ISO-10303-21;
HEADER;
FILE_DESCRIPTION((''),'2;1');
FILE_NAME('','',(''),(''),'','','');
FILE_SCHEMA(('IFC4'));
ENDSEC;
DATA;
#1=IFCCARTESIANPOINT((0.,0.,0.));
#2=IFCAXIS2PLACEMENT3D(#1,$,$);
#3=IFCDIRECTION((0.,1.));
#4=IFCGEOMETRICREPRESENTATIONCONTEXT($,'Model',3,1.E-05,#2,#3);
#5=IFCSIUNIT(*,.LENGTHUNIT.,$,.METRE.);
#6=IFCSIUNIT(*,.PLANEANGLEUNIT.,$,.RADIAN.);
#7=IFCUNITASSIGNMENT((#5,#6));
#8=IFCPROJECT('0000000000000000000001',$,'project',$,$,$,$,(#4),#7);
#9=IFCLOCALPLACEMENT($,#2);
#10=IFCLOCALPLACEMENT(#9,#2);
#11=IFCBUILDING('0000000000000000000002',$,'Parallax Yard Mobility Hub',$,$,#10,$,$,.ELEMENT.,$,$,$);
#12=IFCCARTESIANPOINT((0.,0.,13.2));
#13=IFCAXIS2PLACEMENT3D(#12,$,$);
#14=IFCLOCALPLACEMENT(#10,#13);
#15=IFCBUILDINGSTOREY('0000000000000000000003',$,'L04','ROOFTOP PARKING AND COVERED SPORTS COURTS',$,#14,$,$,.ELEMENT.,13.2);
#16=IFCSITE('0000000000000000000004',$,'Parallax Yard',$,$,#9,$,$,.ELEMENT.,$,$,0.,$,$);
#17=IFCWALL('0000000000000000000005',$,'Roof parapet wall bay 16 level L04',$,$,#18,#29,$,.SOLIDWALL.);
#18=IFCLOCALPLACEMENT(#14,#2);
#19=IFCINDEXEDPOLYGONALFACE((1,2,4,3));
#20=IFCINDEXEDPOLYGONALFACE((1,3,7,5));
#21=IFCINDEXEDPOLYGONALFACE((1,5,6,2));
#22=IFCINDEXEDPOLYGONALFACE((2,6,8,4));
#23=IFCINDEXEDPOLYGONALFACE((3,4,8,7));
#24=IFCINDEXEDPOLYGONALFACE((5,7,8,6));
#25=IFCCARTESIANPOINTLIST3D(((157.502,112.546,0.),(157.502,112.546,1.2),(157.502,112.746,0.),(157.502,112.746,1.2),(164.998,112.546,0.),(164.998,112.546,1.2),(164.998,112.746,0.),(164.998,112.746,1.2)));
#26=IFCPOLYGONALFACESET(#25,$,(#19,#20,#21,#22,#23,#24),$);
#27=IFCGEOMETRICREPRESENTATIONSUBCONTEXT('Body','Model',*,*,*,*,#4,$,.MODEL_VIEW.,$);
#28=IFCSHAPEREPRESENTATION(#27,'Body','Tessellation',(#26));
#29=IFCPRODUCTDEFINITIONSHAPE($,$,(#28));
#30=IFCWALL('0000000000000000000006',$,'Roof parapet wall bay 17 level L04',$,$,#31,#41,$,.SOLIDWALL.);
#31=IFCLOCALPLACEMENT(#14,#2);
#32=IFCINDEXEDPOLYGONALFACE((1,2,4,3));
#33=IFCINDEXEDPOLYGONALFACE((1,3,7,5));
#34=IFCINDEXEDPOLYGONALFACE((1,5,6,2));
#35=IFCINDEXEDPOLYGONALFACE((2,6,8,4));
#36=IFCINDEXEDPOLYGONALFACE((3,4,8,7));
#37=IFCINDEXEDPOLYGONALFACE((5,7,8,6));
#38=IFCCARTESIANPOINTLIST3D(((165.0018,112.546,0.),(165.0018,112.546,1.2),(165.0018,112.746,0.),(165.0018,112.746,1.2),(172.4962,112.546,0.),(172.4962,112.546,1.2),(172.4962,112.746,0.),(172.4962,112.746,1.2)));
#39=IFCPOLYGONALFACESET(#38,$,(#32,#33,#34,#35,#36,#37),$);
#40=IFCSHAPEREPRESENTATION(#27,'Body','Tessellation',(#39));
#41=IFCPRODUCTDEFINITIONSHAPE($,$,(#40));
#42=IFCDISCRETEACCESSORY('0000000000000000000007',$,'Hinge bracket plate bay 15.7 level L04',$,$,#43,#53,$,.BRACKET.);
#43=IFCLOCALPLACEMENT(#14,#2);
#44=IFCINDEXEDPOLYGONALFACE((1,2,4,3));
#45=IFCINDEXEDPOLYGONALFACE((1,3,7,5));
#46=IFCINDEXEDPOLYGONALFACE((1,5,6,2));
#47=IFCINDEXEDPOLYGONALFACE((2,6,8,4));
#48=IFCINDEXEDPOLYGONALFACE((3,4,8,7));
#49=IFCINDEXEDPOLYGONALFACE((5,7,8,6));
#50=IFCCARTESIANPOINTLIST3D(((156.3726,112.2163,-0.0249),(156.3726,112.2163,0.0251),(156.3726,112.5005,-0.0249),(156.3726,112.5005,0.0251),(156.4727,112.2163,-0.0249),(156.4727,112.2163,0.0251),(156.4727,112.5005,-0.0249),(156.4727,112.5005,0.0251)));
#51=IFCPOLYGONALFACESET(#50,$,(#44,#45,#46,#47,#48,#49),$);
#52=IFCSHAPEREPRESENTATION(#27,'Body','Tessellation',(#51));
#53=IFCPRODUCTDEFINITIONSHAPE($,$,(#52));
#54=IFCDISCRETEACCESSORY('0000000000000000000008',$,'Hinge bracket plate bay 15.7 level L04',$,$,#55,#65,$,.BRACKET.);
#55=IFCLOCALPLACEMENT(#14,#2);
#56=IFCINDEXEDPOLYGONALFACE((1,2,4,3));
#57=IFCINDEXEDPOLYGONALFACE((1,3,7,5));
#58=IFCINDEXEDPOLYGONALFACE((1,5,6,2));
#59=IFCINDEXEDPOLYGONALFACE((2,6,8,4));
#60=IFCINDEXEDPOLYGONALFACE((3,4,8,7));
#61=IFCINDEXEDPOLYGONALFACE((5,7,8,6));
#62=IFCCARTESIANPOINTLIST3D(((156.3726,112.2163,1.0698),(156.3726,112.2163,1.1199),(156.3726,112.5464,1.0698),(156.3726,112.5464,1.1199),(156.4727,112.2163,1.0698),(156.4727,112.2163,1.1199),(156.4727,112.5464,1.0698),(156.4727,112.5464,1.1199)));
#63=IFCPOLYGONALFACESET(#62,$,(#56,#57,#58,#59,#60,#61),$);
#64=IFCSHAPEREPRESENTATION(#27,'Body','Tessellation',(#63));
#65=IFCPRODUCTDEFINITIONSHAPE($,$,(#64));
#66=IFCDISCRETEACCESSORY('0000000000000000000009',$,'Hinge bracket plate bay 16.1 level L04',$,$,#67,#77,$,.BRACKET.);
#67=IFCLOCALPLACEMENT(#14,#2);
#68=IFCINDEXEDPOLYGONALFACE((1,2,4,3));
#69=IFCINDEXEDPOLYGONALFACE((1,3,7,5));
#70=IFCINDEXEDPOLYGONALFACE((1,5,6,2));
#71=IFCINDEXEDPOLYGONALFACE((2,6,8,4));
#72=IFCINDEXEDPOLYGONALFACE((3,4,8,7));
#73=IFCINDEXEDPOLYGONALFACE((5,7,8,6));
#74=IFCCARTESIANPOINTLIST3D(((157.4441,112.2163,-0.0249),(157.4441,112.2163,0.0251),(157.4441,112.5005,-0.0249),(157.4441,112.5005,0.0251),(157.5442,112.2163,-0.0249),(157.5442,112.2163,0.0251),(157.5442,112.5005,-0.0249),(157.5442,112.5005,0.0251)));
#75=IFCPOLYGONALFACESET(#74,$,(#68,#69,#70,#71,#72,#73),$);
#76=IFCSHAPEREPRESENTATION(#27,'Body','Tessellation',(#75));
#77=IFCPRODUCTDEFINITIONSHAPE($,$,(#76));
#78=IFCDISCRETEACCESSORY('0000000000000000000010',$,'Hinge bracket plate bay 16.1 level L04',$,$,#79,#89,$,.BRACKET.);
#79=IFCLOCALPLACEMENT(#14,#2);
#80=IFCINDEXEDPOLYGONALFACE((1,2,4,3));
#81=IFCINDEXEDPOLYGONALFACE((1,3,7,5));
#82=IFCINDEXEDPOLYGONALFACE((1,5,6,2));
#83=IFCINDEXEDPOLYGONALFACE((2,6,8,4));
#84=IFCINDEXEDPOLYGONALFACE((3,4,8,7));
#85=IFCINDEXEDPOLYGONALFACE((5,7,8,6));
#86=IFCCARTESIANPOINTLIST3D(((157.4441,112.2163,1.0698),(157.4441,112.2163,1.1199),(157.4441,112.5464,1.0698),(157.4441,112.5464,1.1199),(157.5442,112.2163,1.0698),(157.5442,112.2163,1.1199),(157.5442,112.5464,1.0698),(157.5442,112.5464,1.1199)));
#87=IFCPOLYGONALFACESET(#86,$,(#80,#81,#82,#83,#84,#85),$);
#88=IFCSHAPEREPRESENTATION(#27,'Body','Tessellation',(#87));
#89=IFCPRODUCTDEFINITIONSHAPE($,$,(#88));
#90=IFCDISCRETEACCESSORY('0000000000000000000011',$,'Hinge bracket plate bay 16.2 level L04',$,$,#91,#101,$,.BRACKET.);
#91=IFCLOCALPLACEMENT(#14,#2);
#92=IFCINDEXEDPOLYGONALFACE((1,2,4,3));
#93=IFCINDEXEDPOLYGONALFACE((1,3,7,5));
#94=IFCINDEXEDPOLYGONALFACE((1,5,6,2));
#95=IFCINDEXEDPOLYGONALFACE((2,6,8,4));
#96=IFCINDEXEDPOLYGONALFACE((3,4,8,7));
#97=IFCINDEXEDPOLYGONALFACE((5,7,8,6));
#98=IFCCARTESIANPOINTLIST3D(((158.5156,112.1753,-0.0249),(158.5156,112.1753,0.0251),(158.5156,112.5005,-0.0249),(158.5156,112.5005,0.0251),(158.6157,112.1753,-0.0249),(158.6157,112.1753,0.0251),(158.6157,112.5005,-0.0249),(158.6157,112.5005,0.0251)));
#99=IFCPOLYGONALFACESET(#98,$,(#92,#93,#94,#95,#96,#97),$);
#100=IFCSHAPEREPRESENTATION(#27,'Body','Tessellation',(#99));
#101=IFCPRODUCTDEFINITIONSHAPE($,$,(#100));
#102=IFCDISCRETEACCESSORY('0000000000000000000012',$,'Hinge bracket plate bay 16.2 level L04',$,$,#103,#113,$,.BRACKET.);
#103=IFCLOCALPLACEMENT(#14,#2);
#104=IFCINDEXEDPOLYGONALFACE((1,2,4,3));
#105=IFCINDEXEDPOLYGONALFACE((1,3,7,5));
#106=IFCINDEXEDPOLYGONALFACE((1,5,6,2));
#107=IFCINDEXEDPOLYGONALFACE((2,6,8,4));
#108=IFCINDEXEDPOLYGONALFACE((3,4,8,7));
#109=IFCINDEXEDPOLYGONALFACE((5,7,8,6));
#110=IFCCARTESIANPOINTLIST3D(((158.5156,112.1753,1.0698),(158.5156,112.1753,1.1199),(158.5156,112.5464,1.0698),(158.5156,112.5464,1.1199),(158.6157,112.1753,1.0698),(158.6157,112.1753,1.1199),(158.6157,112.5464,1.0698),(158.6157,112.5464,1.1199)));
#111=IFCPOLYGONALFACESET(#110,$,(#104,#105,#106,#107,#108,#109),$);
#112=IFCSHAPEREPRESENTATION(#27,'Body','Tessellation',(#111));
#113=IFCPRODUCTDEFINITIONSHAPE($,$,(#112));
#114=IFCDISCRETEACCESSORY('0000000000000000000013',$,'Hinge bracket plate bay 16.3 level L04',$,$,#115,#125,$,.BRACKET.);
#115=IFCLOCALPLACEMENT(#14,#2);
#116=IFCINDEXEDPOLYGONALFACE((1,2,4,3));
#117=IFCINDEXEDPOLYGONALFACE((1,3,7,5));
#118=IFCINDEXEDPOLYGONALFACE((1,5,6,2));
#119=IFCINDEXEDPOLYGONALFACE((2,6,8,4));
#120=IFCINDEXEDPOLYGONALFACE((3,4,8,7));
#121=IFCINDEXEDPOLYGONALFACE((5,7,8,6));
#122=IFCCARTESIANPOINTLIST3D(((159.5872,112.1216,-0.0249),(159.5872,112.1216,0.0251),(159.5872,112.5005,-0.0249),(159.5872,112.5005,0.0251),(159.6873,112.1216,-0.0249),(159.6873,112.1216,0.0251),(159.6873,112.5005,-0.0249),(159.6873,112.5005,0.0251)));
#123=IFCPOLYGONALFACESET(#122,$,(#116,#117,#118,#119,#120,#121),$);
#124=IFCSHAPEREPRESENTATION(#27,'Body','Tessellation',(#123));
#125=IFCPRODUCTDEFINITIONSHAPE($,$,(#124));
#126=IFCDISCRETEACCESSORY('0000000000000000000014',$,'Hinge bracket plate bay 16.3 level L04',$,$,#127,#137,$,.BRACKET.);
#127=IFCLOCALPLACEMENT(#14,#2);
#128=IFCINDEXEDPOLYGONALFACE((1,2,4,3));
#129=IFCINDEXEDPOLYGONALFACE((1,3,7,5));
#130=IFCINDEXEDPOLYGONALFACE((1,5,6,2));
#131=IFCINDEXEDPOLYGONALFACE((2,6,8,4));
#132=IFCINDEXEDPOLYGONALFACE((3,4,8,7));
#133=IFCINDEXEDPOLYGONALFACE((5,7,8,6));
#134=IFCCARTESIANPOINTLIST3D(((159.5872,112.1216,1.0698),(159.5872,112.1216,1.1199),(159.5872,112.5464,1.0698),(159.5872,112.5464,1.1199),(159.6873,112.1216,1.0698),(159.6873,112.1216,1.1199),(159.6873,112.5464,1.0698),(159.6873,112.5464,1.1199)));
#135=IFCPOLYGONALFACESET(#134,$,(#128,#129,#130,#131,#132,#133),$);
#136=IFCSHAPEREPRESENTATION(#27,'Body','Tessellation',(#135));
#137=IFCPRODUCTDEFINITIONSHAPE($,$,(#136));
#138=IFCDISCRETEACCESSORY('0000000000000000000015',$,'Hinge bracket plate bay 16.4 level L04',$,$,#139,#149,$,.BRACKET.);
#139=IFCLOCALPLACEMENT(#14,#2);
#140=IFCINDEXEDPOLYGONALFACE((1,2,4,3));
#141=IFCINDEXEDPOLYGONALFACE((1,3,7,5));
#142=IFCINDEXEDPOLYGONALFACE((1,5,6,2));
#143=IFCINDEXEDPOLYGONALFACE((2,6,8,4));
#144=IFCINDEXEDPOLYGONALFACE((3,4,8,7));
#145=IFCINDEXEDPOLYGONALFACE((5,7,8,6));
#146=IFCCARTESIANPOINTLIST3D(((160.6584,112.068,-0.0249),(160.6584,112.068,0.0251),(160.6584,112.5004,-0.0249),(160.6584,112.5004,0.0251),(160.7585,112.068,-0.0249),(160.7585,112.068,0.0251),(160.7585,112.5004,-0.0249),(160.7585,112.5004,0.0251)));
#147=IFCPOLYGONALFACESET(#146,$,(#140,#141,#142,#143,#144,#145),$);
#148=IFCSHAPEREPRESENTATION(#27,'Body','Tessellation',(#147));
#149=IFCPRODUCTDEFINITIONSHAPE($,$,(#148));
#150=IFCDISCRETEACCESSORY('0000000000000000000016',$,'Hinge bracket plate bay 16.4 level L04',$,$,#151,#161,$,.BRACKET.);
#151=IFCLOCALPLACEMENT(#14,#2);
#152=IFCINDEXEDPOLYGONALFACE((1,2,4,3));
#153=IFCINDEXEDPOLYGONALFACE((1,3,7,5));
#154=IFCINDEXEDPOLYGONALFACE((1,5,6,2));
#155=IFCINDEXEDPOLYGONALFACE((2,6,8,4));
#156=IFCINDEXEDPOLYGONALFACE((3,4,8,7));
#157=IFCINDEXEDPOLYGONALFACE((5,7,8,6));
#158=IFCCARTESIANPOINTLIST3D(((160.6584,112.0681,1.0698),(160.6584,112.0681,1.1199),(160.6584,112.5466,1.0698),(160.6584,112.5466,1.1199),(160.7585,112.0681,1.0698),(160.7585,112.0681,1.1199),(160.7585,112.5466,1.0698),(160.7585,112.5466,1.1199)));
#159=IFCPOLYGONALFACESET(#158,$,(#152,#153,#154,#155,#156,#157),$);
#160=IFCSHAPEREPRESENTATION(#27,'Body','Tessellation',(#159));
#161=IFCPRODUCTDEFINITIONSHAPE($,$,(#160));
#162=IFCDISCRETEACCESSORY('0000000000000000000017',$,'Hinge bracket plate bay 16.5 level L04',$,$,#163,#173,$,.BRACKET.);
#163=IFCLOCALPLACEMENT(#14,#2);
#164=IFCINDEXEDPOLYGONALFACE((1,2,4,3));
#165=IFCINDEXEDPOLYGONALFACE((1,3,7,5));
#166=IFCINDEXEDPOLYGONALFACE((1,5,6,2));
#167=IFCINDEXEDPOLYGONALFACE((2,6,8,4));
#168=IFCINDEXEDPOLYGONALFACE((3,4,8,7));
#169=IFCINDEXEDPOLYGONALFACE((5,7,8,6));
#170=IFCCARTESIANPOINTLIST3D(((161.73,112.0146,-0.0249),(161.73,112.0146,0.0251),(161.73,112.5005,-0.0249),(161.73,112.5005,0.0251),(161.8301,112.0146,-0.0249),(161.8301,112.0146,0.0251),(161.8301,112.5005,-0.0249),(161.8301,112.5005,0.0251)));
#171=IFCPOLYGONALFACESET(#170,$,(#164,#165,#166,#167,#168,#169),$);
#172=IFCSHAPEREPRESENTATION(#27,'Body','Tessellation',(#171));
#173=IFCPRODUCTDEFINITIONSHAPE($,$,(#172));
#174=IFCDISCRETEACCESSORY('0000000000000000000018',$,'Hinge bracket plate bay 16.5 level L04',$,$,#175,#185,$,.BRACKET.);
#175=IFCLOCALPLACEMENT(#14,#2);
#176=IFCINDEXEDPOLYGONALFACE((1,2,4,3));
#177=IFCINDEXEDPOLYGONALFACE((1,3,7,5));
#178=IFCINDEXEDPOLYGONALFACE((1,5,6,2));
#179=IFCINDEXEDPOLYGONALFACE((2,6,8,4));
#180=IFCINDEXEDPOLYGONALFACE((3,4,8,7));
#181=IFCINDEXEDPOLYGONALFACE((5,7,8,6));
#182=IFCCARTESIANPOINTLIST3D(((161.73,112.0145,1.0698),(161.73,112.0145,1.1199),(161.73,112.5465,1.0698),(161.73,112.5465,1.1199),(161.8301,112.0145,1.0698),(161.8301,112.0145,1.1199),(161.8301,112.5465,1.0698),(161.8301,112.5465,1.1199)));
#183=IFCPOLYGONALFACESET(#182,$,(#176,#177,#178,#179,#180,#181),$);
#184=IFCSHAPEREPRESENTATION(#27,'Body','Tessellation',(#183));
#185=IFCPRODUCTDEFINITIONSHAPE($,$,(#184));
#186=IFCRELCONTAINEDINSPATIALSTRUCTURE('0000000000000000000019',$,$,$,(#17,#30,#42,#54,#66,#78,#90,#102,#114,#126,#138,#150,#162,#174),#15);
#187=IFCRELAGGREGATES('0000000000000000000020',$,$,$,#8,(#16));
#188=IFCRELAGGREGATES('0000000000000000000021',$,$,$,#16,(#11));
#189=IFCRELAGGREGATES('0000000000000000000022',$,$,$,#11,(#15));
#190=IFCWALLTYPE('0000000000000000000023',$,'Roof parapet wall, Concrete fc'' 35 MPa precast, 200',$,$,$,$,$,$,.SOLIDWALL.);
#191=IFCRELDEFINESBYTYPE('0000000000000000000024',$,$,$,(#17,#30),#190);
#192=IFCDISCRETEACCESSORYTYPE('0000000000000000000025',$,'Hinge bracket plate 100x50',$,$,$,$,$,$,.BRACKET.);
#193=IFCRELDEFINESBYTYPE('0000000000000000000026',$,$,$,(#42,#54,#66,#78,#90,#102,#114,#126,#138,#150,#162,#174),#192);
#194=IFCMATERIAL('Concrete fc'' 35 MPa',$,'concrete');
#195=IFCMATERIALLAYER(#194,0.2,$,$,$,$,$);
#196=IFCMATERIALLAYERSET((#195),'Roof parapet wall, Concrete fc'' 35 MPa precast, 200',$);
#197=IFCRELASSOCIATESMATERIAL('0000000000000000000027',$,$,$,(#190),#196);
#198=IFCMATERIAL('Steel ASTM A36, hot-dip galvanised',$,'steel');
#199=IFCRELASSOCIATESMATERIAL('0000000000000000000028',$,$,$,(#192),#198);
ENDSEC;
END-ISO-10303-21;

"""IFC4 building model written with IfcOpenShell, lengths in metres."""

from ifc_helpers import new_model, si_unit, direction, frame, frame_2d, origin, origin_2d, place, context, subcontext, project, spatial, rectangle, extrude, material, layer, layer_set, type_object, element, save


model = new_model("IFC4")

# Units and contexts
model_context = context("Model", 3, precision=1e-05, world=origin(), true_north=direction((0.0, 1.0)))
body_context = subcontext(model_context, "Body", "Model", "MODEL_VIEW")
ifc_project = project(units=[si_unit("LENGTHUNIT", "METRE"), si_unit("PLANEANGLEUNIT", "RADIAN")], contexts=[model_context])

# Site, building, storey
site_placement = place(None, origin())
site = spatial("IfcSite", under=ifc_project, at=site_placement, Name="Parallax Yard", CompositionType="ELEMENT", RefElevation=0.0)
building_placement = place(site_placement, origin())
building = spatial("IfcBuilding", under=site, at=building_placement, Name="Parallax Yard Mobility Hub", CompositionType="ELEMENT")
storey_placement = place(building_placement, frame((0.0, 0.0, 13.2)))
storey = spatial("IfcBuildingStorey", under=building, at=storey_placement, Name="L04", Description="ROOFTOP PARKING AND COVERED SPORTS COURTS", CompositionType="ELEMENT", Elevation=13.2)

# Walls
ifc_material_1 = material(Name="Concrete fc' 35 MPa", Category="concrete")
ifc_layer = layer(ifc_material_1, 0.2)
ifc_layer_set = layer_set([ifc_layer], Name="Roof parapet wall, Concrete fc' 35 MPa precast, 200")
wall_type = type_object("IfcWallType", Name="Roof parapet wall, Concrete fc' 35 MPa precast, 200", PredefinedType="SOLIDWALL", material=ifc_layer_set)
wall_1_placement = place(storey_placement, frame((157.502, 112.646, 0.0), z_axis=(0.0, 0.0, 1.0), x_axis=(1.0, 0.0, 0.0)))
element("IfcWall", 1, at=wall_1_placement, inside=storey, type_object=wall_type, Name="Roof parapet wall bay 16 level L04", PredefinedType="SOLIDWALL", context=body_context, shape_type="SweptSolid", body=[
    extrude(rectangle(XDim=7.4961, YDim=0.2, at=frame_2d((3.748, 0.0))), origin(), (0.0, 0.0, 1.0), 1.2),
])
wall_2_placement = place(storey_placement, frame((165.002, 112.646, 0.0), z_axis=(0.0, 0.0, 1.0), x_axis=(1.0, 0.0, 0.0)))
element("IfcWall", 2, at=wall_2_placement, inside=storey, type_object=wall_type, Name="Roof parapet wall bay 17 level L04", PredefinedType="SOLIDWALL", context=body_context, shape_type="SweptSolid", body=[
    extrude(rectangle(XDim=7.4944, YDim=0.2, at=frame_2d((3.7471, 0.0))), origin(), (0.0, 0.0, 1.0), 1.2),
])

# Discrete accessories
ifc_material_2 = material(Name="Steel ASTM A36, hot-dip galvanised", Category="steel")
discrete_accessory_type = type_object("IfcDiscreteAccessoryType", Name="Hinge bracket plate 100x50", PredefinedType="BRACKET", material=ifc_material_2)
discrete_accessory_1_placement = place(storey_placement, frame((156.4226, 112.3584, -0.0249), z_axis=(0.0, 0.0, 1.0), x_axis=(0.0, -1.0, 0.0)))
element("IfcDiscreteAccessory", 3, at=discrete_accessory_1_placement, inside=storey, type_object=discrete_accessory_type, Name="Hinge bracket plate bay 15.7 level L04", PredefinedType="BRACKET", context=body_context, shape_type="SweptSolid", body=[
    extrude(rectangle(XDim=0.2842, YDim=0.1001, at=origin_2d()), origin(), (0.0, 0.0, 1.0), 0.05),
])
discrete_accessory_2_placement = place(storey_placement, frame((156.4226, 112.3813, 1.0698), z_axis=(0.0, 0.0, 1.0), x_axis=(0.0, -1.0, 0.0)))
element("IfcDiscreteAccessory", 4, at=discrete_accessory_2_placement, inside=storey, type_object=discrete_accessory_type, Name="Hinge bracket plate bay 15.7 level L04", PredefinedType="BRACKET", context=body_context, shape_type="SweptSolid", body=[
    extrude(rectangle(XDim=0.3301, YDim=0.1001, at=origin_2d()), origin(), (0.0, 0.0, 1.0), 0.05),
])
discrete_accessory_3_placement = place(storey_placement, frame((157.4941, 112.3584, -0.0249), z_axis=(0.0, 0.0, 1.0), x_axis=(0.0, -1.0, 0.0)))
element("IfcDiscreteAccessory", 5, at=discrete_accessory_3_placement, inside=storey, type_object=discrete_accessory_type, Name="Hinge bracket plate bay 16.1 level L04", PredefinedType="BRACKET", context=body_context, shape_type="SweptSolid", body=[
    extrude(rectangle(XDim=0.2842, YDim=0.1001, at=origin_2d()), origin(), (0.0, 0.0, 1.0), 0.05),
])
discrete_accessory_4_placement = place(storey_placement, frame((157.4941, 112.3813, 1.0698), z_axis=(0.0, 0.0, 1.0), x_axis=(0.0, -1.0, 0.0)))
element("IfcDiscreteAccessory", 6, at=discrete_accessory_4_placement, inside=storey, type_object=discrete_accessory_type, Name="Hinge bracket plate bay 16.1 level L04", PredefinedType="BRACKET", context=body_context, shape_type="SweptSolid", body=[
    extrude(rectangle(XDim=0.3301, YDim=0.1001, at=origin_2d()), origin(), (0.0, 0.0, 1.0), 0.05),
])
discrete_accessory_5_placement = place(storey_placement, frame((158.5657, 112.3379, -0.0249), z_axis=(0.0, 0.0, 1.0), x_axis=(0.0, -1.0, 0.0)))
element("IfcDiscreteAccessory", 7, at=discrete_accessory_5_placement, inside=storey, type_object=discrete_accessory_type, Name="Hinge bracket plate bay 16.2 level L04", PredefinedType="BRACKET", context=body_context, shape_type="SweptSolid", body=[
    extrude(rectangle(XDim=0.3252, YDim=0.1001, at=origin_2d()), origin(), (0.0, 0.0, 1.0), 0.05),
])
discrete_accessory_6_placement = place(storey_placement, frame((158.5657, 112.3608, 1.0698), z_axis=(0.0, 0.0, 1.0), x_axis=(0.0, -1.0, 0.0)))
element("IfcDiscreteAccessory", 8, at=discrete_accessory_6_placement, inside=storey, type_object=discrete_accessory_type, Name="Hinge bracket plate bay 16.2 level L04", PredefinedType="BRACKET", context=body_context, shape_type="SweptSolid", body=[
    extrude(rectangle(XDim=0.3711, YDim=0.1001, at=origin_2d()), origin(), (0.0, 0.0, 1.0), 0.05),
])
discrete_accessory_7_placement = place(storey_placement, frame((159.6372, 112.311, -0.0249), z_axis=(0.0, 0.0, 1.0), x_axis=(0.0, -1.0, 0.0)))
element("IfcDiscreteAccessory", 9, at=discrete_accessory_7_placement, inside=storey, type_object=discrete_accessory_type, Name="Hinge bracket plate bay 16.3 level L04", PredefinedType="BRACKET", context=body_context, shape_type="SweptSolid", body=[
    extrude(rectangle(XDim=0.3789, YDim=0.1001, at=origin_2d()), origin(), (0.0, 0.0, 1.0), 0.05),
])
discrete_accessory_8_placement = place(storey_placement, frame((159.6372, 112.334, 1.0698), z_axis=(0.0, 0.0, 1.0), x_axis=(0.0, -1.0, 0.0)))
element("IfcDiscreteAccessory", 10, at=discrete_accessory_8_placement, inside=storey, type_object=discrete_accessory_type, Name="Hinge bracket plate bay 16.3 level L04", PredefinedType="BRACKET", context=body_context, shape_type="SweptSolid", body=[
    extrude(rectangle(XDim=0.4248, YDim=0.1001, at=origin_2d()), origin(), (0.0, 0.0, 1.0), 0.05),
])
discrete_accessory_9_placement = place(storey_placement, frame((160.7085, 112.2842, -0.0249), z_axis=(0.0, 0.0, 1.0), x_axis=(0.0, -1.0, 0.0)))
element("IfcDiscreteAccessory", 11, at=discrete_accessory_9_placement, inside=storey, type_object=discrete_accessory_type, Name="Hinge bracket plate bay 16.4 level L04", PredefinedType="BRACKET", context=body_context, shape_type="SweptSolid", body=[
    extrude(rectangle(XDim=0.4324, YDim=0.1001, at=origin_2d()), origin(), (0.0, 0.0, 1.0), 0.05),
])
discrete_accessory_10_placement = place(storey_placement, frame((160.7085, 112.3074, 1.0698), z_axis=(0.0, 0.0, 1.0), x_axis=(0.0, -1.0, 0.0)))
element("IfcDiscreteAccessory", 12, at=discrete_accessory_10_placement, inside=storey, type_object=discrete_accessory_type, Name="Hinge bracket plate bay 16.4 level L04", PredefinedType="BRACKET", context=body_context, shape_type="SweptSolid", body=[
    extrude(rectangle(XDim=0.4785, YDim=0.1001, at=origin_2d()), origin(), (0.0, 0.0, 1.0), 0.05),
])
discrete_accessory_11_placement = place(storey_placement, frame((161.78, 112.2576, -0.0249), z_axis=(0.0, 0.0, 1.0), x_axis=(0.0, -1.0, 0.0)))
element("IfcDiscreteAccessory", 13, at=discrete_accessory_11_placement, inside=storey, type_object=discrete_accessory_type, Name="Hinge bracket plate bay 16.5 level L04", PredefinedType="BRACKET", context=body_context, shape_type="SweptSolid", body=[
    extrude(rectangle(XDim=0.4858, YDim=0.1001, at=origin_2d()), origin(), (0.0, 0.0, 1.0), 0.05),
])
discrete_accessory_12_placement = place(storey_placement, frame((161.78, 112.2805, 1.0698), z_axis=(0.0, 0.0, 1.0), x_axis=(0.0, -1.0, 0.0)))
element("IfcDiscreteAccessory", 14, at=discrete_accessory_12_placement, inside=storey, type_object=discrete_accessory_type, Name="Hinge bracket plate bay 16.5 level L04", PredefinedType="BRACKET", context=body_context, shape_type="SweptSolid", body=[
    extrude(rectangle(XDim=0.532, YDim=0.1001, at=origin_2d()), origin(), (0.0, 0.0, 1.0), 0.05),
])

save(model, "model.ifc")
